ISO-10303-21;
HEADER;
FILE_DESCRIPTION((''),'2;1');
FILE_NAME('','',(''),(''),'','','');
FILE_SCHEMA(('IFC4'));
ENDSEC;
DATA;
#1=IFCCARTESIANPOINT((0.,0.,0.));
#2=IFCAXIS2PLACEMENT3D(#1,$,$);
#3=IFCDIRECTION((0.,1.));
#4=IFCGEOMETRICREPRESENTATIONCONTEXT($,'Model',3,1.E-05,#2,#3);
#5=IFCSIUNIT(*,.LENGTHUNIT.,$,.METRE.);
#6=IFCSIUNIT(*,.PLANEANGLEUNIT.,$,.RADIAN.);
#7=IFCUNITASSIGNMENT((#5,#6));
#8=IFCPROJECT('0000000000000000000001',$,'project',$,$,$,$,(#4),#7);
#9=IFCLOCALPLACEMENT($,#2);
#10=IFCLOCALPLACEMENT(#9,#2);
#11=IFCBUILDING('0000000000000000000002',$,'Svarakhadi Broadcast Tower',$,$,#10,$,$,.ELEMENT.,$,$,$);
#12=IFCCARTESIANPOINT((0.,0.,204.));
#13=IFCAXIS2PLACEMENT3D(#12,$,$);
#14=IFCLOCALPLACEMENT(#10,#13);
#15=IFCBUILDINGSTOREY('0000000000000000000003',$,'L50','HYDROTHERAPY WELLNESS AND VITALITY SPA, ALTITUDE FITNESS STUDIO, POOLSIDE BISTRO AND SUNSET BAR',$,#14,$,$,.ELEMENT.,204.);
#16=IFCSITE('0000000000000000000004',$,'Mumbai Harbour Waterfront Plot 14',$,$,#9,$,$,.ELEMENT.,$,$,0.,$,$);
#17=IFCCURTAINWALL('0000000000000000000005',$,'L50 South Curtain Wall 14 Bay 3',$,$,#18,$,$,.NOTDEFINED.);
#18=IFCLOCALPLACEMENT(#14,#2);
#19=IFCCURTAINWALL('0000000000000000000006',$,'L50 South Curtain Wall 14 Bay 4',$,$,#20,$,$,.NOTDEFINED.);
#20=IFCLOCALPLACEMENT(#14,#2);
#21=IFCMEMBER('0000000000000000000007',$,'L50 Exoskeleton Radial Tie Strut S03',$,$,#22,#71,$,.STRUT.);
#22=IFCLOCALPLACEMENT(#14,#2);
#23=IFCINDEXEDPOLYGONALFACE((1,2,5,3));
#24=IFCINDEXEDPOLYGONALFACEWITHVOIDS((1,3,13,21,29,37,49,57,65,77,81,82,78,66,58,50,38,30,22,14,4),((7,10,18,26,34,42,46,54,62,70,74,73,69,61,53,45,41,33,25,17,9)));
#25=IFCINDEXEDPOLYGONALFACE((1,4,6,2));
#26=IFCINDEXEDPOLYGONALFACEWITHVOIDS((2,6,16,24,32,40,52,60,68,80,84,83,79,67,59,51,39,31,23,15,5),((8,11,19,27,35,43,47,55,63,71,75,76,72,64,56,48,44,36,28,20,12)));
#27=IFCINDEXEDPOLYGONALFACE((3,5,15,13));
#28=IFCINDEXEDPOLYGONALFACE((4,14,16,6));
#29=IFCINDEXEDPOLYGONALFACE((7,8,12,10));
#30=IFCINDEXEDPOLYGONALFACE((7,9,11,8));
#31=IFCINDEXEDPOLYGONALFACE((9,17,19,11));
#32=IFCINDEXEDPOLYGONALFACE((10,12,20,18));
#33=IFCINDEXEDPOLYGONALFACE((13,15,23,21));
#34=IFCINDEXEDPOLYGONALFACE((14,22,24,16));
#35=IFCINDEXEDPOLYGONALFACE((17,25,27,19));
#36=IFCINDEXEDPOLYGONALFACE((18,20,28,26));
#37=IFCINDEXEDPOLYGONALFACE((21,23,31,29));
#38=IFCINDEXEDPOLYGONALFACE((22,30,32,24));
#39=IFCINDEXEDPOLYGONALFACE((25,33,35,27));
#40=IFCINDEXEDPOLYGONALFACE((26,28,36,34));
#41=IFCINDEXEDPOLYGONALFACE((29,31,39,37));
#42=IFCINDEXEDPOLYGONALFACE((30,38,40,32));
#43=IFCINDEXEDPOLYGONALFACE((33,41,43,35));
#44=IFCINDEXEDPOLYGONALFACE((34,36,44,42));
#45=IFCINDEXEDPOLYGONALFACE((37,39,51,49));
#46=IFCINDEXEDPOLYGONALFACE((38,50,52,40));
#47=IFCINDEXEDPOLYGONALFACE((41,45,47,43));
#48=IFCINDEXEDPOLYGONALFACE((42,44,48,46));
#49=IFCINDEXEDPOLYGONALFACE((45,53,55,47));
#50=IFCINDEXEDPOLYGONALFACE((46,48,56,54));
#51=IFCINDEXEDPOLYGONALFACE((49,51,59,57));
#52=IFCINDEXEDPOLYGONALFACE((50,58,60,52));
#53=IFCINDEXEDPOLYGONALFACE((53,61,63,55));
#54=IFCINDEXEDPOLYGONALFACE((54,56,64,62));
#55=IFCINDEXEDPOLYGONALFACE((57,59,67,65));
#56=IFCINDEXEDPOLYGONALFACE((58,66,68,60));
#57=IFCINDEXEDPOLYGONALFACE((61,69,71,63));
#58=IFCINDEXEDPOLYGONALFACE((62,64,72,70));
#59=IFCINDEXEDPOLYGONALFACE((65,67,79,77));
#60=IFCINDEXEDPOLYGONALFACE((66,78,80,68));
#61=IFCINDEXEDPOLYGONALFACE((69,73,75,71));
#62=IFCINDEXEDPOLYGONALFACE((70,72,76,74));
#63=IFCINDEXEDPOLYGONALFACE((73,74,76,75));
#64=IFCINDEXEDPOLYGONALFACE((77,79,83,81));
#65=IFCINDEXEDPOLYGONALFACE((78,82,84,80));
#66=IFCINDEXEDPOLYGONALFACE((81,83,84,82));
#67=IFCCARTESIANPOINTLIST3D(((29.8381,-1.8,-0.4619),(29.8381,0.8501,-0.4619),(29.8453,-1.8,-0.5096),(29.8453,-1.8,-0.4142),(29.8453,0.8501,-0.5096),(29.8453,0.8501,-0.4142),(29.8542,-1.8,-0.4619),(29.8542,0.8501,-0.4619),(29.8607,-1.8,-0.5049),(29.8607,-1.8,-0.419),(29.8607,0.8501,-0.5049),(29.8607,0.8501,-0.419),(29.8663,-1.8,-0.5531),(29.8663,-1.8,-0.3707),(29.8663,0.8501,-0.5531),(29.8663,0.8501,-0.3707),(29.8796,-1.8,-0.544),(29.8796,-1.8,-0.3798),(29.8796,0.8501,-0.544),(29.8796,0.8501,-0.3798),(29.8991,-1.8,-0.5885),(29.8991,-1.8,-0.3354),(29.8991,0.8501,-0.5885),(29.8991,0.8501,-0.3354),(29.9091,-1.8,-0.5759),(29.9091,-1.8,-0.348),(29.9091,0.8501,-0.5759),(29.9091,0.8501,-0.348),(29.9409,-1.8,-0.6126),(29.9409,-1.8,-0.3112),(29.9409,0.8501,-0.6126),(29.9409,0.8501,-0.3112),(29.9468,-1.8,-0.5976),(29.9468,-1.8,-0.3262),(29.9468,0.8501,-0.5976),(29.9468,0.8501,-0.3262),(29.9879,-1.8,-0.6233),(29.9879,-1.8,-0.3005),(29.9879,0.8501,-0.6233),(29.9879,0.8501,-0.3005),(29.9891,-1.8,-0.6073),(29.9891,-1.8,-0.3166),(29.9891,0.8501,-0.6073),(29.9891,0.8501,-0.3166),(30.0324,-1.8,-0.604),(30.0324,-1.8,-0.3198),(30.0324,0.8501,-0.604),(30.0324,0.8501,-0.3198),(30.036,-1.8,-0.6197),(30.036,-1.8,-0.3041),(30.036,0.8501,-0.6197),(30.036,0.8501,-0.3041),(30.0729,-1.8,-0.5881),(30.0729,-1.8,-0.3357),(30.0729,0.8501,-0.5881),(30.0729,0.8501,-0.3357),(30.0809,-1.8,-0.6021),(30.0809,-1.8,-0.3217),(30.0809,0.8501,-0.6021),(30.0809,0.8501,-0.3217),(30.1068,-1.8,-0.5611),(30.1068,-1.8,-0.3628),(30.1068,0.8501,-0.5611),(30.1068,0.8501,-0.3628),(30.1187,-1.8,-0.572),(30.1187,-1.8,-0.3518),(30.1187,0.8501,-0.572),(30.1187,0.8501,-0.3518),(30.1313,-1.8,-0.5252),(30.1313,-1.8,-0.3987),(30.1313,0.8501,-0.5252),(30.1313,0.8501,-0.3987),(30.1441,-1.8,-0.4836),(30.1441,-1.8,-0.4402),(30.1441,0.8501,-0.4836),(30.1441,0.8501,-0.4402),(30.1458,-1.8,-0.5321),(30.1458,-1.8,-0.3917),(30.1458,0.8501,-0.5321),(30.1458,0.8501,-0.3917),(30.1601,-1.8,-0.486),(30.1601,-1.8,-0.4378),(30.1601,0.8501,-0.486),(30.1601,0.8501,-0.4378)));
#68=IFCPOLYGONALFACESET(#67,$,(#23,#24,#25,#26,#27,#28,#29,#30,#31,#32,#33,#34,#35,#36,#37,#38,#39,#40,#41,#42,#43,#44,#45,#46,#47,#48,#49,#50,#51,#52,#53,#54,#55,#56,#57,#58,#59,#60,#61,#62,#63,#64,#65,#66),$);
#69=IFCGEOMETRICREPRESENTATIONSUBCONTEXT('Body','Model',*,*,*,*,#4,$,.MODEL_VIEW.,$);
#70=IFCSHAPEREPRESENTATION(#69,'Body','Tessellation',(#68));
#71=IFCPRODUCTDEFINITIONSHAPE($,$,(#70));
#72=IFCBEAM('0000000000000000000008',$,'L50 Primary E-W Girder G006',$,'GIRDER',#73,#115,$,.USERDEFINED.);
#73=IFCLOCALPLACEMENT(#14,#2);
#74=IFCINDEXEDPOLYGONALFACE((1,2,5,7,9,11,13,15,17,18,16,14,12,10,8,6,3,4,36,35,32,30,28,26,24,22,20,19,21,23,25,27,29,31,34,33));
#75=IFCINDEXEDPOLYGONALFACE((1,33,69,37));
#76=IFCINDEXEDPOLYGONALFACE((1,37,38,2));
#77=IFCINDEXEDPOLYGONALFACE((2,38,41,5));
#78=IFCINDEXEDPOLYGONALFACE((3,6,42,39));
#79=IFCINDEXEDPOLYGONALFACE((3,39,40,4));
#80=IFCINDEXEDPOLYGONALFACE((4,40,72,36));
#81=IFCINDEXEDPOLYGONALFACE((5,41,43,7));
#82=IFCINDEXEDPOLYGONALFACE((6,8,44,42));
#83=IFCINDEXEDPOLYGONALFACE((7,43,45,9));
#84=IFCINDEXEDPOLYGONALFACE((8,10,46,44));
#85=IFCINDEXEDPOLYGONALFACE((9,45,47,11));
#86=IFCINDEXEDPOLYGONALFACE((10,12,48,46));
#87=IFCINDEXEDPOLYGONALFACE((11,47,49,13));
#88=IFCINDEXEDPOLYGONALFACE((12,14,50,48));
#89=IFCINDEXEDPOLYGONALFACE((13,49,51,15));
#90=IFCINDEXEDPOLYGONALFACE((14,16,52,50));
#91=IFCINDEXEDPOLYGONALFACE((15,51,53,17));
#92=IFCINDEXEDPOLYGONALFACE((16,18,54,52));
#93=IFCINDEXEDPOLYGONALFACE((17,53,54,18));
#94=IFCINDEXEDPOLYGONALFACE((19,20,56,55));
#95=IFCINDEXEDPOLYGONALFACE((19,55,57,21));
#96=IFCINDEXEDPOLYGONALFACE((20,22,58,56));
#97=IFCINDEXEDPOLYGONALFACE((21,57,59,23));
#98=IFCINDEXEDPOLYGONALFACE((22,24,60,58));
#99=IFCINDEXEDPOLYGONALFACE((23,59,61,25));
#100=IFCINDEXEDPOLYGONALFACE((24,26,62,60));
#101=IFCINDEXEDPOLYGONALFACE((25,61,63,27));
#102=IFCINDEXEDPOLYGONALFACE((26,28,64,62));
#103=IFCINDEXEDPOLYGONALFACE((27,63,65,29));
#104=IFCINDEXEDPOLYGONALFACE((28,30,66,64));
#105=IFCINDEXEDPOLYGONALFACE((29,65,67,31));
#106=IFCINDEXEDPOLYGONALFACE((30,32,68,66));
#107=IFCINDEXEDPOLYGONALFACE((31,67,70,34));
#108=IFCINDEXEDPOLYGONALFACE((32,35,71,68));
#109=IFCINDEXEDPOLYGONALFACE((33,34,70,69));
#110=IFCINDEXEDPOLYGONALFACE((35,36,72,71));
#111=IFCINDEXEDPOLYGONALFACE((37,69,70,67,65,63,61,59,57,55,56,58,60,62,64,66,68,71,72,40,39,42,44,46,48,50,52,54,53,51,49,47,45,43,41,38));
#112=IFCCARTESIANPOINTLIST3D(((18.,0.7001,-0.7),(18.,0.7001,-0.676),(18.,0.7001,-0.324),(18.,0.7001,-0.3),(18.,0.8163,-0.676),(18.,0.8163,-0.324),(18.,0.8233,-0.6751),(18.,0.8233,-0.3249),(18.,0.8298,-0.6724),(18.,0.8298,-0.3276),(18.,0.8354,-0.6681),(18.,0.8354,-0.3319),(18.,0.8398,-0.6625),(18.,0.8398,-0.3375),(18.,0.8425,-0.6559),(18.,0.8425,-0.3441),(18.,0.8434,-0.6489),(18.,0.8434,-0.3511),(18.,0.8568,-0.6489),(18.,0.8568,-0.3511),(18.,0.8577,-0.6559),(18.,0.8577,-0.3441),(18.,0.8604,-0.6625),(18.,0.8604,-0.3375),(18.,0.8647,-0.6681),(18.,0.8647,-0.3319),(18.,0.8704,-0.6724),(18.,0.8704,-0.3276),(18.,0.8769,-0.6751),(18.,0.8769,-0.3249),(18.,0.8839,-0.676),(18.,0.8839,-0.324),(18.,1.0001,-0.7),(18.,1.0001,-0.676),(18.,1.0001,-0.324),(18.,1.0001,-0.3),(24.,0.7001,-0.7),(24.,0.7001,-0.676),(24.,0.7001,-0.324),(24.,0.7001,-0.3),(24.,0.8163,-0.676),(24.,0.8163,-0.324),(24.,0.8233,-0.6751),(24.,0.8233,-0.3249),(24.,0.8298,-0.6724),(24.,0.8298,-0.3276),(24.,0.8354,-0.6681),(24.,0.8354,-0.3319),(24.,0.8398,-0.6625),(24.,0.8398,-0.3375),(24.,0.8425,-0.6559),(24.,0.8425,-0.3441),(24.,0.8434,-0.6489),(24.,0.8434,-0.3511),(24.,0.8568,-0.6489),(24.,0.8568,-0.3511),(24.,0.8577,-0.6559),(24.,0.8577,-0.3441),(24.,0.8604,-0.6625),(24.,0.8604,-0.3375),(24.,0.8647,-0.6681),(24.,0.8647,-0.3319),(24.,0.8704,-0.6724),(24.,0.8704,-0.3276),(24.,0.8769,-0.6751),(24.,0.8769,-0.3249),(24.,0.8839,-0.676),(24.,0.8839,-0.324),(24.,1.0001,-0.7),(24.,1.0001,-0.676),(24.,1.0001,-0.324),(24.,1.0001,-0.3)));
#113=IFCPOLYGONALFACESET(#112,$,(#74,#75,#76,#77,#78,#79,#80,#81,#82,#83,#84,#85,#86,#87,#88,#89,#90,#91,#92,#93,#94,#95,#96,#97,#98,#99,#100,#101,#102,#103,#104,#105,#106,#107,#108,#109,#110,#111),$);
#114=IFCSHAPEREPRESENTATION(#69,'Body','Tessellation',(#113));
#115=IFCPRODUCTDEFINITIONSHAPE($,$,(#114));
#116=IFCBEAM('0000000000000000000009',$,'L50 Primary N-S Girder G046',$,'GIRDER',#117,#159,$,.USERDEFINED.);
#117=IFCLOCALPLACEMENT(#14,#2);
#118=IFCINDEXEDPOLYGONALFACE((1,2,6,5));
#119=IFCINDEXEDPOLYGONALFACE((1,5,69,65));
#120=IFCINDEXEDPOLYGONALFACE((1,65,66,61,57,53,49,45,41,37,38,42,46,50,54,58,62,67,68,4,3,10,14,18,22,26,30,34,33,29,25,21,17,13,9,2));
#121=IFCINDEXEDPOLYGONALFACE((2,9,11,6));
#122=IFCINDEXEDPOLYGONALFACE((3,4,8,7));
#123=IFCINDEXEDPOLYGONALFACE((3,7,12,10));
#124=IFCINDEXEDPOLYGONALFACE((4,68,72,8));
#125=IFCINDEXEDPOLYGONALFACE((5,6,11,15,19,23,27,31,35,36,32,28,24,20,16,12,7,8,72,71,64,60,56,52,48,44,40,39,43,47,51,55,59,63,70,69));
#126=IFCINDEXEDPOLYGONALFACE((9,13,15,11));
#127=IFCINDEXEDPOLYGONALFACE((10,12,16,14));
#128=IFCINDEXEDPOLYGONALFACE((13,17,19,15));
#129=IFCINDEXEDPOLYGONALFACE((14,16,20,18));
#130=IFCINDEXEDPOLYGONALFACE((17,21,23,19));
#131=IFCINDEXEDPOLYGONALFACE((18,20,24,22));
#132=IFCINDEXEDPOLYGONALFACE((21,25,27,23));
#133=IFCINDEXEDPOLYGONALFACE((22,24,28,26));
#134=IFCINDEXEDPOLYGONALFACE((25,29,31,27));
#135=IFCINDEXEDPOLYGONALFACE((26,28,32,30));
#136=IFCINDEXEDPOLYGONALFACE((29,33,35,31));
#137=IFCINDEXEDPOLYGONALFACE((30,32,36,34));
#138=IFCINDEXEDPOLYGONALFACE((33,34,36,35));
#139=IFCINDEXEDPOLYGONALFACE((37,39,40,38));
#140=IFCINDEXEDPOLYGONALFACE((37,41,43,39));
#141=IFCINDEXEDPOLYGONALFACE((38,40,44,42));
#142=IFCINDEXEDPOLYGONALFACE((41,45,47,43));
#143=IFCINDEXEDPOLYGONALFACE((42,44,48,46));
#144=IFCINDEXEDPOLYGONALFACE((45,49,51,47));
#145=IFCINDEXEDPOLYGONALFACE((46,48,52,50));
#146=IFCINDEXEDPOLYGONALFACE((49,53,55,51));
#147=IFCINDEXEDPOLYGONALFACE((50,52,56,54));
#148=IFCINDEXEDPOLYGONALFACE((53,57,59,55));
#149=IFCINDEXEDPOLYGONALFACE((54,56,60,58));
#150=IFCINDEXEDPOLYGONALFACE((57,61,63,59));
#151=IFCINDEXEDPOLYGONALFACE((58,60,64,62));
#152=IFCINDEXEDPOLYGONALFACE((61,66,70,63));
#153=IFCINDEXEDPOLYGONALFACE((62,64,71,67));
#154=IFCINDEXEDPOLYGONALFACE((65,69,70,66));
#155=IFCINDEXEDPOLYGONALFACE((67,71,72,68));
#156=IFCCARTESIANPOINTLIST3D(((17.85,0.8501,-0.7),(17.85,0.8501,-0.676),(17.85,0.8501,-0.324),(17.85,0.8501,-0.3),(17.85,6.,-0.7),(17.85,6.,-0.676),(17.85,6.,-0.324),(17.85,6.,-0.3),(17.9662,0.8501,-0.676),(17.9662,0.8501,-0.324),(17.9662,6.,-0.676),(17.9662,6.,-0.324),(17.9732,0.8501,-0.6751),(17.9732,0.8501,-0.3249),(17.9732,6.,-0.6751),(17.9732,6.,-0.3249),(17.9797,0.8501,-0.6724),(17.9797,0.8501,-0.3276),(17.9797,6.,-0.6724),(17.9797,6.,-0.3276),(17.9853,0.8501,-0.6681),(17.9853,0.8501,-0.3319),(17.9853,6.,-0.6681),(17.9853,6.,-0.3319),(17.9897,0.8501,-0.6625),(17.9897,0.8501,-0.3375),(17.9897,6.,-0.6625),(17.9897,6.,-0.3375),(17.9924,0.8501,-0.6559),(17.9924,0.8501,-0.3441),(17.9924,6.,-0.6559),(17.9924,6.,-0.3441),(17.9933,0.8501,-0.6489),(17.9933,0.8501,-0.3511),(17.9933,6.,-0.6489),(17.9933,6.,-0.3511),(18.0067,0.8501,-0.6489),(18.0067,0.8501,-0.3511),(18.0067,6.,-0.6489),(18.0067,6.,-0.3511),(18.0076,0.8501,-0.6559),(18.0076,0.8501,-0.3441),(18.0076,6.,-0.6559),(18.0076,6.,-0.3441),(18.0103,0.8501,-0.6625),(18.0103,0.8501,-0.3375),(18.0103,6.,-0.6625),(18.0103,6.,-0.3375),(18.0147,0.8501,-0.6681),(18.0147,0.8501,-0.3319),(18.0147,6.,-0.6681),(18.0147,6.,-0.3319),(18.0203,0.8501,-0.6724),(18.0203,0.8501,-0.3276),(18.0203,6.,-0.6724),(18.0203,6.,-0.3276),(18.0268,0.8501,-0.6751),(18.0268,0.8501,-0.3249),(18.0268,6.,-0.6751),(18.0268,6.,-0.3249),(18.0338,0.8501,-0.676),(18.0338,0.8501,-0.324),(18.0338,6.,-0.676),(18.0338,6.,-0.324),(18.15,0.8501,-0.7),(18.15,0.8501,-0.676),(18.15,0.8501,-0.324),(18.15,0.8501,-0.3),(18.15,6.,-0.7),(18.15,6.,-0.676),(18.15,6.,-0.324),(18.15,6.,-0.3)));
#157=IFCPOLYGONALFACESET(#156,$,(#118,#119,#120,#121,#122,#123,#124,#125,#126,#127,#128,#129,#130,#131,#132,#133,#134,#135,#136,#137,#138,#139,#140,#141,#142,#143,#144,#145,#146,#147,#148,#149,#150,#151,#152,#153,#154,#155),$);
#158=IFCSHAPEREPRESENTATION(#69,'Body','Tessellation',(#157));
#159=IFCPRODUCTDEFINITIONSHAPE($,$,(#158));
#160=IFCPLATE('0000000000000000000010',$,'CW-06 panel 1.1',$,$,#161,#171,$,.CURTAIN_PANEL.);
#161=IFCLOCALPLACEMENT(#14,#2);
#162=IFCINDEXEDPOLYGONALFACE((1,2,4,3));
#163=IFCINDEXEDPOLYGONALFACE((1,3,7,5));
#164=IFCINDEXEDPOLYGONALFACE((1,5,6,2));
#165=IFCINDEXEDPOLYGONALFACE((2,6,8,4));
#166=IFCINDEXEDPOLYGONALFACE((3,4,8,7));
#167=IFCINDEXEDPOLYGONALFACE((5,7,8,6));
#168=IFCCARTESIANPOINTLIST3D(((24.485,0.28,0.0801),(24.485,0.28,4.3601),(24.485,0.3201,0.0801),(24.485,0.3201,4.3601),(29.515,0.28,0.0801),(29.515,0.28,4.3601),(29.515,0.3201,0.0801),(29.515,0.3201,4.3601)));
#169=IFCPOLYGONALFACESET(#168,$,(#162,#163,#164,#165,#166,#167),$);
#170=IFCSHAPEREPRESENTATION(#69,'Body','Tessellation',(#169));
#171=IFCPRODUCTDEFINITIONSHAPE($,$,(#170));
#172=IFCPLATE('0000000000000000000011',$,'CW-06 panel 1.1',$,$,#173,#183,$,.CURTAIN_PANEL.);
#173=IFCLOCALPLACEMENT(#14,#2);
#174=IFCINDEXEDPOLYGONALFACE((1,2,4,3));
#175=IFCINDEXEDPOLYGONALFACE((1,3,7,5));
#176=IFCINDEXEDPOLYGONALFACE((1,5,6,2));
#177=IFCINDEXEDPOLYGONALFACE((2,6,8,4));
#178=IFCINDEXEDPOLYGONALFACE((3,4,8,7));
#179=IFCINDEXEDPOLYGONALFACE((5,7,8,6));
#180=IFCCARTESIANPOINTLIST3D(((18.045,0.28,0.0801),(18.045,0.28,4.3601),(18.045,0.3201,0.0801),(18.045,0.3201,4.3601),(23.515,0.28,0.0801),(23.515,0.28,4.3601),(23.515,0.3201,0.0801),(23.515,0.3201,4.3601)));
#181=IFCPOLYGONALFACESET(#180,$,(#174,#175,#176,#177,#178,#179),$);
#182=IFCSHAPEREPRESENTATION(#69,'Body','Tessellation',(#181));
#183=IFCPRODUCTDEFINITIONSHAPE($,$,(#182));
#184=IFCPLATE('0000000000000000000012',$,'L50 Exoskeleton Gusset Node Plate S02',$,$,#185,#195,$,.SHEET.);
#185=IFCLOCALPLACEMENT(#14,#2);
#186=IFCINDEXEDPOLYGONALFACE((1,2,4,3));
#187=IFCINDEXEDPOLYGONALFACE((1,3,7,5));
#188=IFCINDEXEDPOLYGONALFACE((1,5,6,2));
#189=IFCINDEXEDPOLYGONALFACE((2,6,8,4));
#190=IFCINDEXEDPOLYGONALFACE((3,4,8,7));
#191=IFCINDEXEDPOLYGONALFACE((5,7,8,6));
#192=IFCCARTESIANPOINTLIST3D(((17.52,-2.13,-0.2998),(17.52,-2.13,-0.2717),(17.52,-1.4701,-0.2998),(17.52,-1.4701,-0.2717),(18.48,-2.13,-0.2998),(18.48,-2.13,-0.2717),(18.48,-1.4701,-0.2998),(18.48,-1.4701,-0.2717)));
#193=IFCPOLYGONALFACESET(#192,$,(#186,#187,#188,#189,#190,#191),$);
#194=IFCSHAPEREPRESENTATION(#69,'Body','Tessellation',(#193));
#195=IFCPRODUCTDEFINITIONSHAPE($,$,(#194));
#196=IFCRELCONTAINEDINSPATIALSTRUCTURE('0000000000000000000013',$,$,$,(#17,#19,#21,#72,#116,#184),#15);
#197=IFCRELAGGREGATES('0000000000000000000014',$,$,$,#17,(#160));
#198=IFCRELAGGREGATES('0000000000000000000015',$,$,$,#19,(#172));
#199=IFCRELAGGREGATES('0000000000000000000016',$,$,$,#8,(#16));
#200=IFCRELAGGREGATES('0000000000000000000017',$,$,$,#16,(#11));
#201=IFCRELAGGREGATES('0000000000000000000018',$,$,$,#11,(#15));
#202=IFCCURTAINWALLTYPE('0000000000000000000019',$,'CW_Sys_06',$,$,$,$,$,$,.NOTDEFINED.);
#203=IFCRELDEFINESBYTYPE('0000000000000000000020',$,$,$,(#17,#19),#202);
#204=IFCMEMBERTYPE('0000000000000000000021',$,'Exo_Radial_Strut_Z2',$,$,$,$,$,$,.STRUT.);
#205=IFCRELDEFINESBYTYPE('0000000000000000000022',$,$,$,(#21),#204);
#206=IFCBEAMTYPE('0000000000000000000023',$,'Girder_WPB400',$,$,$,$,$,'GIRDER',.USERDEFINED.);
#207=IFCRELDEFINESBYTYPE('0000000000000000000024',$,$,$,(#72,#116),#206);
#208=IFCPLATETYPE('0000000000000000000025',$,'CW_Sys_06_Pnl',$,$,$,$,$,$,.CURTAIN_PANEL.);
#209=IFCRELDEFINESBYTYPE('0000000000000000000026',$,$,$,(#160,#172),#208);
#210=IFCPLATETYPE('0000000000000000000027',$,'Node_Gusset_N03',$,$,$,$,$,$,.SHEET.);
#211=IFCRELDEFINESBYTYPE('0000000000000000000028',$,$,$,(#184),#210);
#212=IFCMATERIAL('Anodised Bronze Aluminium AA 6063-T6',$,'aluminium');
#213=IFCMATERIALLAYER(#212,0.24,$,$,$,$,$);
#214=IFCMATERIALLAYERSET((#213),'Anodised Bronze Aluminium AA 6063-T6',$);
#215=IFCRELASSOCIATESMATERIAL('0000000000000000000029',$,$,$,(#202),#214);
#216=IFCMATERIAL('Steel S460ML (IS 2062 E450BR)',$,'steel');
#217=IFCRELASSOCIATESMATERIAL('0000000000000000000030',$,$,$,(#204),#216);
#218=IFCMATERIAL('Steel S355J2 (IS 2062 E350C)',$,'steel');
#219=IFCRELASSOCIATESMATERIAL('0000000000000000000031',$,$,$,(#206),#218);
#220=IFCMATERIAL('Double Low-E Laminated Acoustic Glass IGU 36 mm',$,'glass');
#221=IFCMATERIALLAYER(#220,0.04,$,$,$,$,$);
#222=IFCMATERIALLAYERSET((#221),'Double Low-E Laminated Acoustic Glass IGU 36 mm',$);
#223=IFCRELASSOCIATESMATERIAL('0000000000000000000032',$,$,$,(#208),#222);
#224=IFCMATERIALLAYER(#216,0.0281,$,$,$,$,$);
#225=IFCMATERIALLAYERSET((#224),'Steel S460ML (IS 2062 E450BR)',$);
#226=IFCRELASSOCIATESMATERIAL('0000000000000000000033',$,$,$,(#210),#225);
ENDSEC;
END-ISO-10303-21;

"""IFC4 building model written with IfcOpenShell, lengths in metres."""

from ifc_helpers import new_model, si_unit, direction, frame, origin, origin_2d, place, context, subcontext, project, spatial, rectangle, hollow_circle, i_section, extrude, material, layer, layer_set, material_profile, profile_set, type_object, element, aggregate, save


model = new_model("IFC4")

# Units and contexts
model_context = context("Model", 3, precision=1e-05, world=origin(), true_north=direction((0.0, 1.0)))
body_context = subcontext(model_context, "Body", "Model", "MODEL_VIEW")
ifc_project = project(units=[si_unit("LENGTHUNIT", "METRE"), si_unit("PLANEANGLEUNIT", "RADIAN")], contexts=[model_context])

# Site, building, storey
site_placement = place(None, origin())
site = spatial("IfcSite", under=ifc_project, at=site_placement, Name="Mumbai Harbour Waterfront Plot 14", CompositionType="ELEMENT", RefElevation=0.0)
building_placement = place(site_placement, origin())
building = spatial("IfcBuilding", under=site, at=building_placement, Name="Svarakhadi Broadcast Tower", CompositionType="ELEMENT")
storey_placement = place(building_placement, frame((0.0, 0.0, 204.0)))
storey = spatial("IfcBuildingStorey", under=building, at=storey_placement, Name="L50", Description="HYDROTHERAPY WELLNESS AND VITALITY SPA, ALTITUDE FITNESS STUDIO, POOLSIDE BISTRO AND SUNSET BAR", CompositionType="ELEMENT", Elevation=204.0)

# Shared definitions
ifc_material_1 = material(Name="Steel S460ML (IS 2062 E450BR)", Category="steel")

# Curtain walls
ifc_material_2 = material(Name="Anodised Bronze Aluminium AA 6063-T6", Category="aluminium")
ifc_layer_1 = layer(ifc_material_2, 0.24)
ifc_layer_set_1 = layer_set([ifc_layer_1], Name="Anodised Bronze Aluminium AA 6063-T6")
curtain_wall_type = type_object("IfcCurtainWallType", Name="CW_Sys_06", PredefinedType="NOTDEFINED", material=ifc_layer_set_1)
curtain_wall_1_placement = place(storey_placement, origin())
curtain_wall_1 = element("IfcCurtainWall", 1, at=curtain_wall_1_placement, inside=storey, type_object=curtain_wall_type, Name="L50 South Curtain Wall 14 Bay 3", PredefinedType="NOTDEFINED")
curtain_wall_2_placement = place(storey_placement, origin())
curtain_wall_2 = element("IfcCurtainWall", 2, at=curtain_wall_2_placement, inside=storey, type_object=curtain_wall_type, Name="L50 South Curtain Wall 14 Bay 4", PredefinedType="NOTDEFINED")

# Member
ifc_material_profile_1 = material_profile(ifc_material_1, hollow_circle(Radius=0.1619, WallThickness=0.0161, at=origin_2d()), Name="CHS 323.9x16")
ifc_profile_set_1 = profile_set([ifc_material_profile_1], Name="Steel S460ML (IS 2062 E450BR)")
member_type_1 = type_object("IfcMemberType", Name="Exo_Radial_Strut_Z2", PredefinedType="STRUT", material=ifc_profile_set_1)
for number, where, z_axis, x_axis, name in (
    (3, (30.0, -1.8, -0.4619), (0.0, 1.0, 0.0), (-1.0, 0.0, 0.0), "L50 Exoskeleton Radial Tie Strut S03"),
):
    element("IfcMember", number, at=place(storey_placement, frame(where, z_axis=z_axis, x_axis=x_axis)), inside=storey, type_object=member_type_1, Name=name, PredefinedType="STRUT", context=body_context, shape_type="SweptSolid", body=[
        extrude(hollow_circle(Radius=0.1619, WallThickness=0.0161, at=origin_2d()), origin(), (0.0, 0.0, 1.0), 2.6501),
    ])

# Beams
ifc_material_3 = material(Name="Steel S355J2 (IS 2062 E350C)", Category="steel")
ifc_material_profile_2 = material_profile(ifc_material_3, i_section(OverallWidth=0.3, OverallDepth=0.3999, WebThickness=0.0134, FlangeThickness=0.0239, FilletRadius=0.0271, at=origin_2d()), Name="WPB 400x300x155")
ifc_profile_set_2 = profile_set([ifc_material_profile_2], Name="Steel S355J2 (IS 2062 E350C)")
beam_type = type_object("IfcBeamType", Name="Girder_WPB400", ElementType="GIRDER", PredefinedType="USERDEFINED", material=ifc_profile_set_2)
beam_1_placement = place(storey_placement, frame((18.0, 0.8501, -0.5), z_axis=(1.0, 0.0, 0.0), x_axis=(0.0, 1.0, 0.0)))
element("IfcBeam", 4, at=beam_1_placement, inside=storey, type_object=beam_type, Name="L50 Primary E-W Girder G006", ObjectType="GIRDER", PredefinedType="USERDEFINED", context=body_context, shape_type="SweptSolid", body=[
    extrude(i_section(OverallWidth=0.3, OverallDepth=0.3999, WebThickness=0.0134, FlangeThickness=0.0239, FilletRadius=0.0271, at=origin_2d()), origin(), (0.0, 0.0, 1.0), 6.0),
])
beam_2_placement = place(storey_placement, frame((18.0, 0.8501, -0.5), z_axis=(0.0, 1.0, 0.0), x_axis=(-1.0, 0.0, 0.0)))
element("IfcBeam", 5, at=beam_2_placement, inside=storey, type_object=beam_type, Name="L50 Primary N-S Girder G046", ObjectType="GIRDER", PredefinedType="USERDEFINED", context=body_context, shape_type="SweptSolid", body=[
    extrude(i_section(OverallWidth=0.3, OverallDepth=0.3999, WebThickness=0.0134, FlangeThickness=0.0239, FilletRadius=0.0271, at=origin_2d()), origin(), (0.0, 0.0, 1.0), 5.1499),
])

# Plates
ifc_material_4 = material(Name="Double Low-E Laminated Acoustic Glass IGU 36 mm", Category="glass")
ifc_layer_2 = layer(ifc_material_4, 0.04)
ifc_layer_set_2 = layer_set([ifc_layer_2], Name="Double Low-E Laminated Acoustic Glass IGU 36 mm")
plate_type_1 = type_object("IfcPlateType", Name="CW_Sys_06_Pnl", PredefinedType="CURTAIN_PANEL", material=ifc_layer_set_2)
plate_1_placement = place(storey_placement, frame((27.0, 0.3, 0.0801), z_axis=(0.0, 0.0, 1.0), x_axis=(-1.0, 0.0, 0.0)))
plate_1 = element("IfcPlate", 6, at=plate_1_placement, type_object=plate_type_1, Name="CW-06 panel 1.1", PredefinedType="CURTAIN_PANEL", context=body_context, shape_type="SweptSolid", body=[
    extrude(rectangle(XDim=5.03, YDim=0.04, at=origin_2d()), origin(), (0.0, 0.0, 1.0), 4.28),
])
aggregate(curtain_wall_1, [plate_1])
plate_2_placement = place(storey_placement, frame((20.78, 0.3, 0.0801), z_axis=(0.0, 0.0, 1.0), x_axis=(-1.0, 0.0, 0.0)))
plate_2 = element("IfcPlate", 7, at=plate_2_placement, type_object=plate_type_1, Name="CW-06 panel 1.1", PredefinedType="CURTAIN_PANEL", context=body_context, shape_type="SweptSolid", body=[
    extrude(rectangle(XDim=5.47, YDim=0.04, at=origin_2d()), origin(), (0.0, 0.0, 1.0), 4.28),
])
aggregate(curtain_wall_2, [plate_2])

# Plate
ifc_layer_3 = layer(ifc_material_1, 0.0281)
ifc_layer_set_3 = layer_set([ifc_layer_3], Name="Steel S460ML (IS 2062 E450BR)")
plate_type_2 = type_object("IfcPlateType", Name="Node_Gusset_N03", PredefinedType="SHEET", material=ifc_layer_set_3)
for number, where, z_axis, x_axis, name in (
    (8, (18.0, -1.8, -0.2998), (0.0, 0.0, 1.0), (1.0, 0.0, 0.0), "L50 Exoskeleton Gusset Node Plate S02"),
):
    element("IfcPlate", number, at=place(storey_placement, frame(where, z_axis=z_axis, x_axis=x_axis)), inside=storey, type_object=plate_type_2, Name=name, PredefinedType="SHEET", context=body_context, shape_type="SweptSolid", body=[
        extrude(rectangle(XDim=0.96, YDim=0.6599, at=origin_2d()), origin(), (0.0, 0.0, 1.0), 0.0281),
    ])

save(model, "model.ifc")
